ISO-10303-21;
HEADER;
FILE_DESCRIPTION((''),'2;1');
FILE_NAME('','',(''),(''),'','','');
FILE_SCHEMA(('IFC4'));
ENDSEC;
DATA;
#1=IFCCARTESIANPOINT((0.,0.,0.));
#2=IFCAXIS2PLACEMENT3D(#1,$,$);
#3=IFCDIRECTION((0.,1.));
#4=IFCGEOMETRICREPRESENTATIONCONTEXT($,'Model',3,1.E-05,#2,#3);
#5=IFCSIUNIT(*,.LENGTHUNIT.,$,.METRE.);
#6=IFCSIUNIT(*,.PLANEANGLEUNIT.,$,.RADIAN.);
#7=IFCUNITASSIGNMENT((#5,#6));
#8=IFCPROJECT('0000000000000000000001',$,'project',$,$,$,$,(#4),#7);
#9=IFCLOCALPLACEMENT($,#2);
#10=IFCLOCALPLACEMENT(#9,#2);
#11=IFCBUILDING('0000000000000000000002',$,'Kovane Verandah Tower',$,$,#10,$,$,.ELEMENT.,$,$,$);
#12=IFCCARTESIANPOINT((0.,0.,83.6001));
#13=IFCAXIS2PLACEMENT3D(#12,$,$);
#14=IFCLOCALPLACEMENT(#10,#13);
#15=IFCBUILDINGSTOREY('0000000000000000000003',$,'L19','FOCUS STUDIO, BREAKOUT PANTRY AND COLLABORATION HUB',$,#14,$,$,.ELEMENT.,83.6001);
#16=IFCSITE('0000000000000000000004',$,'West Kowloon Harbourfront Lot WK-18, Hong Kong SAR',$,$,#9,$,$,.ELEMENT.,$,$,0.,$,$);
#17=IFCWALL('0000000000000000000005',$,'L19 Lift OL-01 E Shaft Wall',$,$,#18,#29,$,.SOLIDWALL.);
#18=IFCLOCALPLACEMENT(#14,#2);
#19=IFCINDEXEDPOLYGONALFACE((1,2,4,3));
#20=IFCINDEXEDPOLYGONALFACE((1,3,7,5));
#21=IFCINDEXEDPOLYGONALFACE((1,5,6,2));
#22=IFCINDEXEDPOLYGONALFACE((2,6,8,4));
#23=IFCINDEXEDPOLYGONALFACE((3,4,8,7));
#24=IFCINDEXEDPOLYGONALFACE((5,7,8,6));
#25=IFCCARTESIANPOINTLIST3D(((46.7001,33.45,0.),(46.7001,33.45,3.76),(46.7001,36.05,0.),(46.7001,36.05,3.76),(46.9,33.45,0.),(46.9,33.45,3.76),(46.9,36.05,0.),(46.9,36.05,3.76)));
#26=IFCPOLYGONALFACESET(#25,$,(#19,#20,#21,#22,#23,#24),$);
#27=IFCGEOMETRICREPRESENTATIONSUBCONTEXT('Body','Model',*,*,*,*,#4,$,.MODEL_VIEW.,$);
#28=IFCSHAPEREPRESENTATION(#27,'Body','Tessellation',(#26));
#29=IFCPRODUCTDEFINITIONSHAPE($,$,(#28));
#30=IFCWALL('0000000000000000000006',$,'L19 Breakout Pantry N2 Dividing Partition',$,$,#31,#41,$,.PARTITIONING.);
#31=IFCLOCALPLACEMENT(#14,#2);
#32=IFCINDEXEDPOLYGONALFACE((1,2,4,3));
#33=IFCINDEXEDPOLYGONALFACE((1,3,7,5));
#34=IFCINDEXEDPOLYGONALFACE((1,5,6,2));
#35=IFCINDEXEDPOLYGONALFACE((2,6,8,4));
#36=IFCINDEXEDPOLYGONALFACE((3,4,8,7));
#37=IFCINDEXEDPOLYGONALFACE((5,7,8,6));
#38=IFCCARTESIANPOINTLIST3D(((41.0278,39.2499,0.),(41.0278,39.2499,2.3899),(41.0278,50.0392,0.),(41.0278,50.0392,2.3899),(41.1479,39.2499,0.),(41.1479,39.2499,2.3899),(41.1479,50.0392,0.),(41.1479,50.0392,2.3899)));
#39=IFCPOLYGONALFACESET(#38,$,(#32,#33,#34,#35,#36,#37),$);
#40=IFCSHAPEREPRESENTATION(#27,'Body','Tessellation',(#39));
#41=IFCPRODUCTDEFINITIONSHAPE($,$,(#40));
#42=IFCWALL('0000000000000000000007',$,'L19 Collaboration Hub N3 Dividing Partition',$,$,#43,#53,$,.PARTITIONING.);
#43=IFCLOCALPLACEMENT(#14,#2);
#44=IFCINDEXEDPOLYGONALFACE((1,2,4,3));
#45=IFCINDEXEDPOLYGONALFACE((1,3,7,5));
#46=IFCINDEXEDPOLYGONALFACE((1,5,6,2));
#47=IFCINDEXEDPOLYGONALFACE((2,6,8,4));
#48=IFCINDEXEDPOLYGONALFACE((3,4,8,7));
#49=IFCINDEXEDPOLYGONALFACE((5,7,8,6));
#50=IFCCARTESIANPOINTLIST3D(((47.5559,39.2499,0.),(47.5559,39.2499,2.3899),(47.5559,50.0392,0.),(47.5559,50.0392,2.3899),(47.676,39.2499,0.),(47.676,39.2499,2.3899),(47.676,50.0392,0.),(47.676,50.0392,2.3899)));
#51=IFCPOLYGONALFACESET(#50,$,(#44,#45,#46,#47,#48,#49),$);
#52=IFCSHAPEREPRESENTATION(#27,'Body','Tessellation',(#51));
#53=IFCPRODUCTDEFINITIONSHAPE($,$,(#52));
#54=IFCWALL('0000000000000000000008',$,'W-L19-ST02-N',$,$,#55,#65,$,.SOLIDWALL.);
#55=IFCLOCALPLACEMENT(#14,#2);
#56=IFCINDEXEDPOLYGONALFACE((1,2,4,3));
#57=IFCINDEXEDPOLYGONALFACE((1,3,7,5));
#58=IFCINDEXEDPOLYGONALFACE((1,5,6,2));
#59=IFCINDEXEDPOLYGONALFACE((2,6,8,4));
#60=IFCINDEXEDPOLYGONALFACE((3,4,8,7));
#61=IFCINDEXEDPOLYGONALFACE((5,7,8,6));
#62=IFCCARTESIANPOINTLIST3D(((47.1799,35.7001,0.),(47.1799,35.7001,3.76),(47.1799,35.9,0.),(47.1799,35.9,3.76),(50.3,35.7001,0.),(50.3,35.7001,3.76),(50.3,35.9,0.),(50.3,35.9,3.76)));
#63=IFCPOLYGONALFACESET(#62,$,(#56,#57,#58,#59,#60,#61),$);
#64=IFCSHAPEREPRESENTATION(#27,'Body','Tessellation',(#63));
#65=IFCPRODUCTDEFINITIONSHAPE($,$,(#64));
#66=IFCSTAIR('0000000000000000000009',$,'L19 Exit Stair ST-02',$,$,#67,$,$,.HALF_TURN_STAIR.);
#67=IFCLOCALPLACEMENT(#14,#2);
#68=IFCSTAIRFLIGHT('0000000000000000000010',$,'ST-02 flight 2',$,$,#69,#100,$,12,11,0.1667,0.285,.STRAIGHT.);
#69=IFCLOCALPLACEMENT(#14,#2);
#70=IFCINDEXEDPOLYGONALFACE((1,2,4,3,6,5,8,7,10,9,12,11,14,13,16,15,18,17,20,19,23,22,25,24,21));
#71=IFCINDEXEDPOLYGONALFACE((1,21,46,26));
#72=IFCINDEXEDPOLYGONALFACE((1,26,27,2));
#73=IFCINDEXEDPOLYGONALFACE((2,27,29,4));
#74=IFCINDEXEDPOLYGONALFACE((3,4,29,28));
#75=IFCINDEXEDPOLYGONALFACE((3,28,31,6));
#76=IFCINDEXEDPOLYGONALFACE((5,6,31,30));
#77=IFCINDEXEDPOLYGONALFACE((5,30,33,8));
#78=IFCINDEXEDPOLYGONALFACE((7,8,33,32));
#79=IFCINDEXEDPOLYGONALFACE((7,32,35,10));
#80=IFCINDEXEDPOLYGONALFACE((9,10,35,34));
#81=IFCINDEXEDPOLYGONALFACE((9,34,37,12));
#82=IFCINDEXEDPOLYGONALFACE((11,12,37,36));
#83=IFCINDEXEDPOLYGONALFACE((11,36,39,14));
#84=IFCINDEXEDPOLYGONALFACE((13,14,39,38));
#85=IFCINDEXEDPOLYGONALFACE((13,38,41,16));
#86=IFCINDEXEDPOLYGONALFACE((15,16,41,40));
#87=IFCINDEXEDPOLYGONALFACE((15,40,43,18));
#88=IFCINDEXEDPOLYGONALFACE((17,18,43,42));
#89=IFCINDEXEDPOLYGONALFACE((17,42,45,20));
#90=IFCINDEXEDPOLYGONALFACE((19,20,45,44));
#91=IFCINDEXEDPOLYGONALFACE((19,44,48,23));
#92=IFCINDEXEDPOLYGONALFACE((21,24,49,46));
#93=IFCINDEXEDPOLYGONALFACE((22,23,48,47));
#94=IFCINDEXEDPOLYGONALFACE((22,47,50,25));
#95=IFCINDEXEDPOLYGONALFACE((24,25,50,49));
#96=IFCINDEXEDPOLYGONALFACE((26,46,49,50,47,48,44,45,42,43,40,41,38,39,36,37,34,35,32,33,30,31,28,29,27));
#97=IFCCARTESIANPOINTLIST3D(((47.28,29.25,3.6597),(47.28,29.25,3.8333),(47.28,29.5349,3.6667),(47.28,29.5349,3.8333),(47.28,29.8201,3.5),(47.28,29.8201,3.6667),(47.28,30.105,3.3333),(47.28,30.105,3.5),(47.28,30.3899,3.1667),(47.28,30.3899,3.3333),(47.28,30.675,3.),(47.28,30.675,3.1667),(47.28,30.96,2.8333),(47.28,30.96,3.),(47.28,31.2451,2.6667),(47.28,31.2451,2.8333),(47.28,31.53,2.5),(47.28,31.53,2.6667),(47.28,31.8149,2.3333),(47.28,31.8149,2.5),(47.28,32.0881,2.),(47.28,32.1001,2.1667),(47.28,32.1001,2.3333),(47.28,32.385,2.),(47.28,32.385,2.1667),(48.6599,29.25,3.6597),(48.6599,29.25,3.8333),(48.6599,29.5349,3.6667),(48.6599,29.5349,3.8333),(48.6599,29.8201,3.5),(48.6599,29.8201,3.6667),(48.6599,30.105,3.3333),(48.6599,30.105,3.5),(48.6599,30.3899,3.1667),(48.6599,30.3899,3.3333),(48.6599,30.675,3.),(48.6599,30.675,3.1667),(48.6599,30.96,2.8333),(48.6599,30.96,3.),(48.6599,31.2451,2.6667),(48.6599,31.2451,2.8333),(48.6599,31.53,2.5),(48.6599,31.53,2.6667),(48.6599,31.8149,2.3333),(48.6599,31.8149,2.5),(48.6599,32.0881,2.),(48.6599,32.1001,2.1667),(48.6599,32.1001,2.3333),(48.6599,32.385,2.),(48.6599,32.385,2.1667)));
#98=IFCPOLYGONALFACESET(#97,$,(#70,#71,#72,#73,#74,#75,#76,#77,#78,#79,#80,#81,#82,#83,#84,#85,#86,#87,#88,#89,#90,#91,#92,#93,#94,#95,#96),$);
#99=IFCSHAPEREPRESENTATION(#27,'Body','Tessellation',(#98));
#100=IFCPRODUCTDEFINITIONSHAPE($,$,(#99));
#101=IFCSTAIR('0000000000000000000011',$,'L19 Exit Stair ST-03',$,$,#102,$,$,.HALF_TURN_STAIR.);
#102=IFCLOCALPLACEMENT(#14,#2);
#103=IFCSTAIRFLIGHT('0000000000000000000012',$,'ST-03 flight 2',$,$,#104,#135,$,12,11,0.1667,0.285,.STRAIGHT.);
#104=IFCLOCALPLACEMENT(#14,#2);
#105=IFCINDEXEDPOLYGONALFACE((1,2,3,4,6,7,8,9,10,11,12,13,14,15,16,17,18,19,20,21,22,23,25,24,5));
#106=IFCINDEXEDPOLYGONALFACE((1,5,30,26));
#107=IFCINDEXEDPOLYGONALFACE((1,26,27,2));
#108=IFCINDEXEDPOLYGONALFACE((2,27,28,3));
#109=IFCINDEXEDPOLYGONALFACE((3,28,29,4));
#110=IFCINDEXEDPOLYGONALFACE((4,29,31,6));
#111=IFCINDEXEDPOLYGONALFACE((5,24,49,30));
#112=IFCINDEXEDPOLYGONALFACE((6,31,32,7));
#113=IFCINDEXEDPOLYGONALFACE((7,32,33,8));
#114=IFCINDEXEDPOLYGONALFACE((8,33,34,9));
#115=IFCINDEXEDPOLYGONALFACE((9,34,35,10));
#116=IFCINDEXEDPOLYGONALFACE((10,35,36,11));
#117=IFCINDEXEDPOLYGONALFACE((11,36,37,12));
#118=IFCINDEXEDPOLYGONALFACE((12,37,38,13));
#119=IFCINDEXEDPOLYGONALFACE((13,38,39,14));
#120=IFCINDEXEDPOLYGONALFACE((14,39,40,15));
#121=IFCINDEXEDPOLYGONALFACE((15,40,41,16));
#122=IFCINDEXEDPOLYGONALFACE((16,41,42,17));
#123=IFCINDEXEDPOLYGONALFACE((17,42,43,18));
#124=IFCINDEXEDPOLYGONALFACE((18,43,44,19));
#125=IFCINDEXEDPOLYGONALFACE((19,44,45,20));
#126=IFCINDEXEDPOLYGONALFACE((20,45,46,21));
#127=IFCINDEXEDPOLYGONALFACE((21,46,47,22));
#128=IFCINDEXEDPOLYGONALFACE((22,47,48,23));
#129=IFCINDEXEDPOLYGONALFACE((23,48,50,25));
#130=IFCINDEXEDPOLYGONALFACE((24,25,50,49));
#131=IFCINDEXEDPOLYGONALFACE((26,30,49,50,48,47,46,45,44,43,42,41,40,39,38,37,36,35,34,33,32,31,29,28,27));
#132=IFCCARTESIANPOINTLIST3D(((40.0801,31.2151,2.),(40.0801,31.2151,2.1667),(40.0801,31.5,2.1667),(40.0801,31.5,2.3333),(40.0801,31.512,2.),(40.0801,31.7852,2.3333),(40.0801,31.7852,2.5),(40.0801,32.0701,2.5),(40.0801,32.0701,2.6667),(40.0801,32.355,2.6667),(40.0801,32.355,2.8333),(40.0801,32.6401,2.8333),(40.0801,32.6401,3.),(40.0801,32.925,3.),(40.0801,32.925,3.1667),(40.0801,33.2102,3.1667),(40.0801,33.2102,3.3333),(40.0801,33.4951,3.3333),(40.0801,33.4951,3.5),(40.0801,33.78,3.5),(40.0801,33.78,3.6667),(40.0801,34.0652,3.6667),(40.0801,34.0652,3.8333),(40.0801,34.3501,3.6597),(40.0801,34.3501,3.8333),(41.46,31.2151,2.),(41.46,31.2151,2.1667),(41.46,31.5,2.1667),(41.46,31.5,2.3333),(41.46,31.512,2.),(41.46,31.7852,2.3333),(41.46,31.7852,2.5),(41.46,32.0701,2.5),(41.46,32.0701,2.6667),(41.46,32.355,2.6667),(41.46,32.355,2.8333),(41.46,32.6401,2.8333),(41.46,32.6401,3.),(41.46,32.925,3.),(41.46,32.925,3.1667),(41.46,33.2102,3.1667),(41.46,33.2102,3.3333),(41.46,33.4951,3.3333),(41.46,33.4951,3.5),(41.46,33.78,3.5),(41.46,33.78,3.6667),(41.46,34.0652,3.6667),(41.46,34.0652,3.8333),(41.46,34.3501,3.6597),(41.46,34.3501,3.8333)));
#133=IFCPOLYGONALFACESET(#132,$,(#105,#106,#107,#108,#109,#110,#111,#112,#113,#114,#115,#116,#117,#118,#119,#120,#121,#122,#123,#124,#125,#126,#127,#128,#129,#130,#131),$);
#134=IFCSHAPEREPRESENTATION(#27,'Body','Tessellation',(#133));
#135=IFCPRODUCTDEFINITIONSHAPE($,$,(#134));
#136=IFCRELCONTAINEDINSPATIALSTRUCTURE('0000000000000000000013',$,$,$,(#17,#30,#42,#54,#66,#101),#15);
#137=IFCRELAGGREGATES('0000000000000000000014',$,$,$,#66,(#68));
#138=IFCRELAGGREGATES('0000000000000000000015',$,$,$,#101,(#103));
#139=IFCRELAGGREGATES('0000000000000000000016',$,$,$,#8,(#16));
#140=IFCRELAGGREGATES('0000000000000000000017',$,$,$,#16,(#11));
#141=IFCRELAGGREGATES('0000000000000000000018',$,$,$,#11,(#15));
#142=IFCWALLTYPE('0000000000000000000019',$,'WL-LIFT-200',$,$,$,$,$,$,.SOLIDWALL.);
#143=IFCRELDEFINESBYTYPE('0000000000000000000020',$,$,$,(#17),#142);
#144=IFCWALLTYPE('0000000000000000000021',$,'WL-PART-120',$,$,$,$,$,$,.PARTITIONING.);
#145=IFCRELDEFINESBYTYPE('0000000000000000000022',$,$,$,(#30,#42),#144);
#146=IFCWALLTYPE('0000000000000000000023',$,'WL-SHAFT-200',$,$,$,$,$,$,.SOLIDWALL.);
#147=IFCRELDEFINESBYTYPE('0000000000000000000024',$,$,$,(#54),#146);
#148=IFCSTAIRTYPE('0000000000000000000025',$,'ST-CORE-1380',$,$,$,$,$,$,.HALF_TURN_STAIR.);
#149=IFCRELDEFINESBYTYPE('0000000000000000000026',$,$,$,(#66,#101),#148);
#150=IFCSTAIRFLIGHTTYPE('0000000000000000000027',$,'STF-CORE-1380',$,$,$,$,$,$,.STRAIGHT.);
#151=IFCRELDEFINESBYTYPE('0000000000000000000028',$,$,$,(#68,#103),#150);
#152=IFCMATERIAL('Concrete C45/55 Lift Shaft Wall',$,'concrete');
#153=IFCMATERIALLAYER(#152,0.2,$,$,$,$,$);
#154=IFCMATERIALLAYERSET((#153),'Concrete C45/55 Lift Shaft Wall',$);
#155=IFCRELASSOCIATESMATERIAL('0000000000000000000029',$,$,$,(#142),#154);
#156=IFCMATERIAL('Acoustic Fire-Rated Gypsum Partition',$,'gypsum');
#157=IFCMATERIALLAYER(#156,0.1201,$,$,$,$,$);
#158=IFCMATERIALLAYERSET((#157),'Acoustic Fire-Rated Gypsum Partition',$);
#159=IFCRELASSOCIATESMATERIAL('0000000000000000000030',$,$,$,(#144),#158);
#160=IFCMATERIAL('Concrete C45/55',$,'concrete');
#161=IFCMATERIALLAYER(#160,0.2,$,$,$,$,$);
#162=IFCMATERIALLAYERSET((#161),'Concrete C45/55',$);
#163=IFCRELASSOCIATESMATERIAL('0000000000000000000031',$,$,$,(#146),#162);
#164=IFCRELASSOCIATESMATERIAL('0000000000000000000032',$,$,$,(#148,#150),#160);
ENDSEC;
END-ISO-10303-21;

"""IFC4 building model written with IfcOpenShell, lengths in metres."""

from ifc_helpers import new_model, si_unit, direction, frame, frame_2d, origin, place, context, subcontext, project, spatial, polyline, rectangle, outline, extrude, material, layer, layer_set, type_object, element, aggregate, save


model = new_model("IFC4")

# Units and contexts
model_context = context("Model", 3, precision=1e-05, world=origin(), true_north=direction((0.0, 1.0)))
body_context = subcontext(model_context, "Body", "Model", "MODEL_VIEW")
ifc_project = project(units=[si_unit("LENGTHUNIT", "METRE"), si_unit("PLANEANGLEUNIT", "RADIAN")], contexts=[model_context])

# Site, building, storey
site_placement = place(None, origin())
site = spatial("IfcSite", under=ifc_project, at=site_placement, Name="West Kowloon Harbourfront Lot WK-18, Hong Kong SAR", CompositionType="ELEMENT", RefElevation=0.0)
building_placement = place(site_placement, origin())
building = spatial("IfcBuilding", under=site, at=building_placement, Name="Kovane Verandah Tower", CompositionType="ELEMENT")
storey_placement = place(building_placement, frame((0.0, 0.0, 83.6001)))
storey = spatial("IfcBuildingStorey", under=building, at=storey_placement, Name="L19", Description="FOCUS STUDIO, BREAKOUT PANTRY AND COLLABORATION HUB", CompositionType="ELEMENT", Elevation=83.6001)

# Walls
ifc_material_1 = material(Name="Concrete C45/55 Lift Shaft Wall", Category="concrete")
ifc_layer_1 = layer(ifc_material_1, 0.2)
ifc_layer_set_1 = layer_set([ifc_layer_1], Name="Concrete C45/55 Lift Shaft Wall")
wall_type_1 = type_object("IfcWallType", Name="WL-LIFT-200", PredefinedType="SOLIDWALL", material=ifc_layer_set_1)
wall_1_placement = place(storey_placement, frame((46.8, 33.45, 0.0), z_axis=(0.0, 0.0, 1.0), x_axis=(0.0, 1.0, 0.0)))
element("IfcWall", 1, at=wall_1_placement, inside=storey, type_object=wall_type_1, Name="L19 Lift OL-01 E Shaft Wall", PredefinedType="SOLIDWALL", context=body_context, shape_type="SweptSolid", body=[
    extrude(rectangle(XDim=2.6001, YDim=0.2, at=frame_2d((1.3, 0.0))), origin(), (0.0, 0.0, 1.0), 3.76),
])
ifc_material_2 = material(Name="Acoustic Fire-Rated Gypsum Partition", Category="gypsum")
ifc_layer_2 = layer(ifc_material_2, 0.1201)
ifc_layer_set_2 = layer_set([ifc_layer_2], Name="Acoustic Fire-Rated Gypsum Partition")
wall_type_2 = type_object("IfcWallType", Name="WL-PART-120", PredefinedType="PARTITIONING", material=ifc_layer_set_2)
for number, where, z_axis, x_axis, name in (
    (2, (41.0879, 39.25, 0.0), (0.0, 0.0, 1.0), (0.0, 1.0, 0.0), "L19 Breakout Pantry N2 Dividing Partition"),
    (3, (47.616, 39.25, 0.0), (0.0, 0.0, 1.0), (0.0, 1.0, 0.0), "L19 Collaboration Hub N3 Dividing Partition"),
):
    element("IfcWall", number, at=place(storey_placement, frame(where, z_axis=z_axis, x_axis=x_axis)), inside=storey, type_object=wall_type_2, Name=name, PredefinedType="PARTITIONING", context=body_context, shape_type="SweptSolid", body=[
        extrude(rectangle(XDim=10.7893, YDim=0.1201, at=frame_2d((5.3945, 0.0))), origin(), (0.0, 0.0, 1.0), 2.3899),
    ])
ifc_material_3 = material(Name="Concrete C45/55", Category="concrete")
ifc_layer_3 = layer(ifc_material_3, 0.2)
ifc_layer_set_3 = layer_set([ifc_layer_3], Name="Concrete C45/55")
wall_type_3 = type_object("IfcWallType", Name="WL-SHAFT-200", PredefinedType="SOLIDWALL", material=ifc_layer_set_3)
wall_2_placement = place(storey_placement, frame((47.1799, 35.8, 0.0), z_axis=(0.0, 0.0, 1.0), x_axis=(1.0, 0.0, 0.0)))
element("IfcWall", 4, at=wall_2_placement, inside=storey, type_object=wall_type_3, Name="W-L19-ST02-N", PredefinedType="SOLIDWALL", context=body_context, shape_type="SweptSolid", body=[
    extrude(rectangle(XDim=3.1201, YDim=0.2, at=frame_2d((1.5601, 0.0))), origin(), (0.0, 0.0, 1.0), 3.76),
])

# Stairs, stair flights
stair_type = type_object("IfcStairType", Name="ST-CORE-1380", PredefinedType="HALF_TURN_STAIR", material=ifc_material_3)
stair_1_placement = place(storey_placement, origin())
stair_1 = element("IfcStair", 5, at=stair_1_placement, inside=storey, type_object=stair_type, Name="L19 Exit Stair ST-02", PredefinedType="HALF_TURN_STAIR")
stair_flight_type = type_object("IfcStairFlightType", Name="STF-CORE-1380", PredefinedType="STRAIGHT", material=ifc_material_3)
stair_flight_1_placement = place(storey_placement, frame((47.97, 32.385, 2.0), z_axis=(0.0, 0.0, 1.0), x_axis=(0.0, -1.0, 0.0)))
stair_flight_1 = element("IfcStairFlight", 6, at=stair_flight_1_placement, type_object=stair_flight_type, Name="ST-02 flight 2", NumberOfRisers=12, NumberOfTreads=11, PredefinedType="STRAIGHT", RiserHeight=0.1667, TreadLength=0.285, context=body_context, shape_type="SweptSolid", body=[
    extrude(outline(polyline([(0.0, 0.0), (0.0, 0.1667), (0.2849, 0.1667), (0.2849, 0.3333), (0.5701, 0.3333), (0.5701, 0.5), (0.855, 0.5), (0.855, 0.6667), (1.1399, 0.6667), (1.1399, 0.8333), (1.425, 0.8333), (1.425, 1.0), (1.71, 1.0), (1.71, 1.1667), (1.9951, 1.1667), (1.9951, 1.3333), (2.28, 1.3333), (2.28, 1.5), (2.5649, 1.5), (2.5649, 1.6667), (2.8501, 1.6667), (2.8501, 1.8333), (3.135, 1.8333), (3.135, 2.0), (3.135, 1.6597), (0.2969, 0.0), (0.0, 0.0)])), frame((0.0, 0.6899, 0.0), z_axis=(0.0, -1.0, 0.0), x_axis=(1.0, 0.0, 0.0)), (0.0, 0.0, 1.0), 1.3799),
])
aggregate(stair_1, [stair_flight_1])
stair_2_placement = place(storey_placement, origin())
stair_2 = element("IfcStair", 7, at=stair_2_placement, inside=storey, type_object=stair_type, Name="L19 Exit Stair ST-03", PredefinedType="HALF_TURN_STAIR")
stair_flight_2_placement = place(storey_placement, frame((40.77, 31.2151, 2.0), z_axis=(0.0, 0.0, 1.0), x_axis=(0.0, 1.0, 0.0)))
stair_flight_2 = element("IfcStairFlight", 8, at=stair_flight_2_placement, type_object=stair_flight_type, Name="ST-03 flight 2", NumberOfRisers=12, NumberOfTreads=11, PredefinedType="STRAIGHT", RiserHeight=0.1667, TreadLength=0.285, context=body_context, shape_type="SweptSolid", body=[
    extrude(outline(polyline([(0.0, 0.0), (0.0, 0.1667), (0.2849, 0.1667), (0.2849, 0.3333), (0.5701, 0.3333), (0.5701, 0.5), (0.855, 0.5), (0.855, 0.6667), (1.1399, 0.6667), (1.1399, 0.8333), (1.425, 0.8333), (1.425, 1.0), (1.71, 1.0), (1.71, 1.1667), (1.9951, 1.1667), (1.9951, 1.3333), (2.28, 1.3333), (2.28, 1.5), (2.5649, 1.5), (2.5649, 1.6667), (2.8501, 1.6667), (2.8501, 1.8333), (3.135, 1.8333), (3.135, 2.0), (3.135, 1.6597), (0.2969, 0.0), (0.0, 0.0)])), frame((0.0, 0.6899, 0.0), z_axis=(0.0, -1.0, 0.0), x_axis=(1.0, 0.0, 0.0)), (0.0, 0.0, 1.0), 1.3799),
])
aggregate(stair_2, [stair_flight_2])

save(model, "model.ifc")
